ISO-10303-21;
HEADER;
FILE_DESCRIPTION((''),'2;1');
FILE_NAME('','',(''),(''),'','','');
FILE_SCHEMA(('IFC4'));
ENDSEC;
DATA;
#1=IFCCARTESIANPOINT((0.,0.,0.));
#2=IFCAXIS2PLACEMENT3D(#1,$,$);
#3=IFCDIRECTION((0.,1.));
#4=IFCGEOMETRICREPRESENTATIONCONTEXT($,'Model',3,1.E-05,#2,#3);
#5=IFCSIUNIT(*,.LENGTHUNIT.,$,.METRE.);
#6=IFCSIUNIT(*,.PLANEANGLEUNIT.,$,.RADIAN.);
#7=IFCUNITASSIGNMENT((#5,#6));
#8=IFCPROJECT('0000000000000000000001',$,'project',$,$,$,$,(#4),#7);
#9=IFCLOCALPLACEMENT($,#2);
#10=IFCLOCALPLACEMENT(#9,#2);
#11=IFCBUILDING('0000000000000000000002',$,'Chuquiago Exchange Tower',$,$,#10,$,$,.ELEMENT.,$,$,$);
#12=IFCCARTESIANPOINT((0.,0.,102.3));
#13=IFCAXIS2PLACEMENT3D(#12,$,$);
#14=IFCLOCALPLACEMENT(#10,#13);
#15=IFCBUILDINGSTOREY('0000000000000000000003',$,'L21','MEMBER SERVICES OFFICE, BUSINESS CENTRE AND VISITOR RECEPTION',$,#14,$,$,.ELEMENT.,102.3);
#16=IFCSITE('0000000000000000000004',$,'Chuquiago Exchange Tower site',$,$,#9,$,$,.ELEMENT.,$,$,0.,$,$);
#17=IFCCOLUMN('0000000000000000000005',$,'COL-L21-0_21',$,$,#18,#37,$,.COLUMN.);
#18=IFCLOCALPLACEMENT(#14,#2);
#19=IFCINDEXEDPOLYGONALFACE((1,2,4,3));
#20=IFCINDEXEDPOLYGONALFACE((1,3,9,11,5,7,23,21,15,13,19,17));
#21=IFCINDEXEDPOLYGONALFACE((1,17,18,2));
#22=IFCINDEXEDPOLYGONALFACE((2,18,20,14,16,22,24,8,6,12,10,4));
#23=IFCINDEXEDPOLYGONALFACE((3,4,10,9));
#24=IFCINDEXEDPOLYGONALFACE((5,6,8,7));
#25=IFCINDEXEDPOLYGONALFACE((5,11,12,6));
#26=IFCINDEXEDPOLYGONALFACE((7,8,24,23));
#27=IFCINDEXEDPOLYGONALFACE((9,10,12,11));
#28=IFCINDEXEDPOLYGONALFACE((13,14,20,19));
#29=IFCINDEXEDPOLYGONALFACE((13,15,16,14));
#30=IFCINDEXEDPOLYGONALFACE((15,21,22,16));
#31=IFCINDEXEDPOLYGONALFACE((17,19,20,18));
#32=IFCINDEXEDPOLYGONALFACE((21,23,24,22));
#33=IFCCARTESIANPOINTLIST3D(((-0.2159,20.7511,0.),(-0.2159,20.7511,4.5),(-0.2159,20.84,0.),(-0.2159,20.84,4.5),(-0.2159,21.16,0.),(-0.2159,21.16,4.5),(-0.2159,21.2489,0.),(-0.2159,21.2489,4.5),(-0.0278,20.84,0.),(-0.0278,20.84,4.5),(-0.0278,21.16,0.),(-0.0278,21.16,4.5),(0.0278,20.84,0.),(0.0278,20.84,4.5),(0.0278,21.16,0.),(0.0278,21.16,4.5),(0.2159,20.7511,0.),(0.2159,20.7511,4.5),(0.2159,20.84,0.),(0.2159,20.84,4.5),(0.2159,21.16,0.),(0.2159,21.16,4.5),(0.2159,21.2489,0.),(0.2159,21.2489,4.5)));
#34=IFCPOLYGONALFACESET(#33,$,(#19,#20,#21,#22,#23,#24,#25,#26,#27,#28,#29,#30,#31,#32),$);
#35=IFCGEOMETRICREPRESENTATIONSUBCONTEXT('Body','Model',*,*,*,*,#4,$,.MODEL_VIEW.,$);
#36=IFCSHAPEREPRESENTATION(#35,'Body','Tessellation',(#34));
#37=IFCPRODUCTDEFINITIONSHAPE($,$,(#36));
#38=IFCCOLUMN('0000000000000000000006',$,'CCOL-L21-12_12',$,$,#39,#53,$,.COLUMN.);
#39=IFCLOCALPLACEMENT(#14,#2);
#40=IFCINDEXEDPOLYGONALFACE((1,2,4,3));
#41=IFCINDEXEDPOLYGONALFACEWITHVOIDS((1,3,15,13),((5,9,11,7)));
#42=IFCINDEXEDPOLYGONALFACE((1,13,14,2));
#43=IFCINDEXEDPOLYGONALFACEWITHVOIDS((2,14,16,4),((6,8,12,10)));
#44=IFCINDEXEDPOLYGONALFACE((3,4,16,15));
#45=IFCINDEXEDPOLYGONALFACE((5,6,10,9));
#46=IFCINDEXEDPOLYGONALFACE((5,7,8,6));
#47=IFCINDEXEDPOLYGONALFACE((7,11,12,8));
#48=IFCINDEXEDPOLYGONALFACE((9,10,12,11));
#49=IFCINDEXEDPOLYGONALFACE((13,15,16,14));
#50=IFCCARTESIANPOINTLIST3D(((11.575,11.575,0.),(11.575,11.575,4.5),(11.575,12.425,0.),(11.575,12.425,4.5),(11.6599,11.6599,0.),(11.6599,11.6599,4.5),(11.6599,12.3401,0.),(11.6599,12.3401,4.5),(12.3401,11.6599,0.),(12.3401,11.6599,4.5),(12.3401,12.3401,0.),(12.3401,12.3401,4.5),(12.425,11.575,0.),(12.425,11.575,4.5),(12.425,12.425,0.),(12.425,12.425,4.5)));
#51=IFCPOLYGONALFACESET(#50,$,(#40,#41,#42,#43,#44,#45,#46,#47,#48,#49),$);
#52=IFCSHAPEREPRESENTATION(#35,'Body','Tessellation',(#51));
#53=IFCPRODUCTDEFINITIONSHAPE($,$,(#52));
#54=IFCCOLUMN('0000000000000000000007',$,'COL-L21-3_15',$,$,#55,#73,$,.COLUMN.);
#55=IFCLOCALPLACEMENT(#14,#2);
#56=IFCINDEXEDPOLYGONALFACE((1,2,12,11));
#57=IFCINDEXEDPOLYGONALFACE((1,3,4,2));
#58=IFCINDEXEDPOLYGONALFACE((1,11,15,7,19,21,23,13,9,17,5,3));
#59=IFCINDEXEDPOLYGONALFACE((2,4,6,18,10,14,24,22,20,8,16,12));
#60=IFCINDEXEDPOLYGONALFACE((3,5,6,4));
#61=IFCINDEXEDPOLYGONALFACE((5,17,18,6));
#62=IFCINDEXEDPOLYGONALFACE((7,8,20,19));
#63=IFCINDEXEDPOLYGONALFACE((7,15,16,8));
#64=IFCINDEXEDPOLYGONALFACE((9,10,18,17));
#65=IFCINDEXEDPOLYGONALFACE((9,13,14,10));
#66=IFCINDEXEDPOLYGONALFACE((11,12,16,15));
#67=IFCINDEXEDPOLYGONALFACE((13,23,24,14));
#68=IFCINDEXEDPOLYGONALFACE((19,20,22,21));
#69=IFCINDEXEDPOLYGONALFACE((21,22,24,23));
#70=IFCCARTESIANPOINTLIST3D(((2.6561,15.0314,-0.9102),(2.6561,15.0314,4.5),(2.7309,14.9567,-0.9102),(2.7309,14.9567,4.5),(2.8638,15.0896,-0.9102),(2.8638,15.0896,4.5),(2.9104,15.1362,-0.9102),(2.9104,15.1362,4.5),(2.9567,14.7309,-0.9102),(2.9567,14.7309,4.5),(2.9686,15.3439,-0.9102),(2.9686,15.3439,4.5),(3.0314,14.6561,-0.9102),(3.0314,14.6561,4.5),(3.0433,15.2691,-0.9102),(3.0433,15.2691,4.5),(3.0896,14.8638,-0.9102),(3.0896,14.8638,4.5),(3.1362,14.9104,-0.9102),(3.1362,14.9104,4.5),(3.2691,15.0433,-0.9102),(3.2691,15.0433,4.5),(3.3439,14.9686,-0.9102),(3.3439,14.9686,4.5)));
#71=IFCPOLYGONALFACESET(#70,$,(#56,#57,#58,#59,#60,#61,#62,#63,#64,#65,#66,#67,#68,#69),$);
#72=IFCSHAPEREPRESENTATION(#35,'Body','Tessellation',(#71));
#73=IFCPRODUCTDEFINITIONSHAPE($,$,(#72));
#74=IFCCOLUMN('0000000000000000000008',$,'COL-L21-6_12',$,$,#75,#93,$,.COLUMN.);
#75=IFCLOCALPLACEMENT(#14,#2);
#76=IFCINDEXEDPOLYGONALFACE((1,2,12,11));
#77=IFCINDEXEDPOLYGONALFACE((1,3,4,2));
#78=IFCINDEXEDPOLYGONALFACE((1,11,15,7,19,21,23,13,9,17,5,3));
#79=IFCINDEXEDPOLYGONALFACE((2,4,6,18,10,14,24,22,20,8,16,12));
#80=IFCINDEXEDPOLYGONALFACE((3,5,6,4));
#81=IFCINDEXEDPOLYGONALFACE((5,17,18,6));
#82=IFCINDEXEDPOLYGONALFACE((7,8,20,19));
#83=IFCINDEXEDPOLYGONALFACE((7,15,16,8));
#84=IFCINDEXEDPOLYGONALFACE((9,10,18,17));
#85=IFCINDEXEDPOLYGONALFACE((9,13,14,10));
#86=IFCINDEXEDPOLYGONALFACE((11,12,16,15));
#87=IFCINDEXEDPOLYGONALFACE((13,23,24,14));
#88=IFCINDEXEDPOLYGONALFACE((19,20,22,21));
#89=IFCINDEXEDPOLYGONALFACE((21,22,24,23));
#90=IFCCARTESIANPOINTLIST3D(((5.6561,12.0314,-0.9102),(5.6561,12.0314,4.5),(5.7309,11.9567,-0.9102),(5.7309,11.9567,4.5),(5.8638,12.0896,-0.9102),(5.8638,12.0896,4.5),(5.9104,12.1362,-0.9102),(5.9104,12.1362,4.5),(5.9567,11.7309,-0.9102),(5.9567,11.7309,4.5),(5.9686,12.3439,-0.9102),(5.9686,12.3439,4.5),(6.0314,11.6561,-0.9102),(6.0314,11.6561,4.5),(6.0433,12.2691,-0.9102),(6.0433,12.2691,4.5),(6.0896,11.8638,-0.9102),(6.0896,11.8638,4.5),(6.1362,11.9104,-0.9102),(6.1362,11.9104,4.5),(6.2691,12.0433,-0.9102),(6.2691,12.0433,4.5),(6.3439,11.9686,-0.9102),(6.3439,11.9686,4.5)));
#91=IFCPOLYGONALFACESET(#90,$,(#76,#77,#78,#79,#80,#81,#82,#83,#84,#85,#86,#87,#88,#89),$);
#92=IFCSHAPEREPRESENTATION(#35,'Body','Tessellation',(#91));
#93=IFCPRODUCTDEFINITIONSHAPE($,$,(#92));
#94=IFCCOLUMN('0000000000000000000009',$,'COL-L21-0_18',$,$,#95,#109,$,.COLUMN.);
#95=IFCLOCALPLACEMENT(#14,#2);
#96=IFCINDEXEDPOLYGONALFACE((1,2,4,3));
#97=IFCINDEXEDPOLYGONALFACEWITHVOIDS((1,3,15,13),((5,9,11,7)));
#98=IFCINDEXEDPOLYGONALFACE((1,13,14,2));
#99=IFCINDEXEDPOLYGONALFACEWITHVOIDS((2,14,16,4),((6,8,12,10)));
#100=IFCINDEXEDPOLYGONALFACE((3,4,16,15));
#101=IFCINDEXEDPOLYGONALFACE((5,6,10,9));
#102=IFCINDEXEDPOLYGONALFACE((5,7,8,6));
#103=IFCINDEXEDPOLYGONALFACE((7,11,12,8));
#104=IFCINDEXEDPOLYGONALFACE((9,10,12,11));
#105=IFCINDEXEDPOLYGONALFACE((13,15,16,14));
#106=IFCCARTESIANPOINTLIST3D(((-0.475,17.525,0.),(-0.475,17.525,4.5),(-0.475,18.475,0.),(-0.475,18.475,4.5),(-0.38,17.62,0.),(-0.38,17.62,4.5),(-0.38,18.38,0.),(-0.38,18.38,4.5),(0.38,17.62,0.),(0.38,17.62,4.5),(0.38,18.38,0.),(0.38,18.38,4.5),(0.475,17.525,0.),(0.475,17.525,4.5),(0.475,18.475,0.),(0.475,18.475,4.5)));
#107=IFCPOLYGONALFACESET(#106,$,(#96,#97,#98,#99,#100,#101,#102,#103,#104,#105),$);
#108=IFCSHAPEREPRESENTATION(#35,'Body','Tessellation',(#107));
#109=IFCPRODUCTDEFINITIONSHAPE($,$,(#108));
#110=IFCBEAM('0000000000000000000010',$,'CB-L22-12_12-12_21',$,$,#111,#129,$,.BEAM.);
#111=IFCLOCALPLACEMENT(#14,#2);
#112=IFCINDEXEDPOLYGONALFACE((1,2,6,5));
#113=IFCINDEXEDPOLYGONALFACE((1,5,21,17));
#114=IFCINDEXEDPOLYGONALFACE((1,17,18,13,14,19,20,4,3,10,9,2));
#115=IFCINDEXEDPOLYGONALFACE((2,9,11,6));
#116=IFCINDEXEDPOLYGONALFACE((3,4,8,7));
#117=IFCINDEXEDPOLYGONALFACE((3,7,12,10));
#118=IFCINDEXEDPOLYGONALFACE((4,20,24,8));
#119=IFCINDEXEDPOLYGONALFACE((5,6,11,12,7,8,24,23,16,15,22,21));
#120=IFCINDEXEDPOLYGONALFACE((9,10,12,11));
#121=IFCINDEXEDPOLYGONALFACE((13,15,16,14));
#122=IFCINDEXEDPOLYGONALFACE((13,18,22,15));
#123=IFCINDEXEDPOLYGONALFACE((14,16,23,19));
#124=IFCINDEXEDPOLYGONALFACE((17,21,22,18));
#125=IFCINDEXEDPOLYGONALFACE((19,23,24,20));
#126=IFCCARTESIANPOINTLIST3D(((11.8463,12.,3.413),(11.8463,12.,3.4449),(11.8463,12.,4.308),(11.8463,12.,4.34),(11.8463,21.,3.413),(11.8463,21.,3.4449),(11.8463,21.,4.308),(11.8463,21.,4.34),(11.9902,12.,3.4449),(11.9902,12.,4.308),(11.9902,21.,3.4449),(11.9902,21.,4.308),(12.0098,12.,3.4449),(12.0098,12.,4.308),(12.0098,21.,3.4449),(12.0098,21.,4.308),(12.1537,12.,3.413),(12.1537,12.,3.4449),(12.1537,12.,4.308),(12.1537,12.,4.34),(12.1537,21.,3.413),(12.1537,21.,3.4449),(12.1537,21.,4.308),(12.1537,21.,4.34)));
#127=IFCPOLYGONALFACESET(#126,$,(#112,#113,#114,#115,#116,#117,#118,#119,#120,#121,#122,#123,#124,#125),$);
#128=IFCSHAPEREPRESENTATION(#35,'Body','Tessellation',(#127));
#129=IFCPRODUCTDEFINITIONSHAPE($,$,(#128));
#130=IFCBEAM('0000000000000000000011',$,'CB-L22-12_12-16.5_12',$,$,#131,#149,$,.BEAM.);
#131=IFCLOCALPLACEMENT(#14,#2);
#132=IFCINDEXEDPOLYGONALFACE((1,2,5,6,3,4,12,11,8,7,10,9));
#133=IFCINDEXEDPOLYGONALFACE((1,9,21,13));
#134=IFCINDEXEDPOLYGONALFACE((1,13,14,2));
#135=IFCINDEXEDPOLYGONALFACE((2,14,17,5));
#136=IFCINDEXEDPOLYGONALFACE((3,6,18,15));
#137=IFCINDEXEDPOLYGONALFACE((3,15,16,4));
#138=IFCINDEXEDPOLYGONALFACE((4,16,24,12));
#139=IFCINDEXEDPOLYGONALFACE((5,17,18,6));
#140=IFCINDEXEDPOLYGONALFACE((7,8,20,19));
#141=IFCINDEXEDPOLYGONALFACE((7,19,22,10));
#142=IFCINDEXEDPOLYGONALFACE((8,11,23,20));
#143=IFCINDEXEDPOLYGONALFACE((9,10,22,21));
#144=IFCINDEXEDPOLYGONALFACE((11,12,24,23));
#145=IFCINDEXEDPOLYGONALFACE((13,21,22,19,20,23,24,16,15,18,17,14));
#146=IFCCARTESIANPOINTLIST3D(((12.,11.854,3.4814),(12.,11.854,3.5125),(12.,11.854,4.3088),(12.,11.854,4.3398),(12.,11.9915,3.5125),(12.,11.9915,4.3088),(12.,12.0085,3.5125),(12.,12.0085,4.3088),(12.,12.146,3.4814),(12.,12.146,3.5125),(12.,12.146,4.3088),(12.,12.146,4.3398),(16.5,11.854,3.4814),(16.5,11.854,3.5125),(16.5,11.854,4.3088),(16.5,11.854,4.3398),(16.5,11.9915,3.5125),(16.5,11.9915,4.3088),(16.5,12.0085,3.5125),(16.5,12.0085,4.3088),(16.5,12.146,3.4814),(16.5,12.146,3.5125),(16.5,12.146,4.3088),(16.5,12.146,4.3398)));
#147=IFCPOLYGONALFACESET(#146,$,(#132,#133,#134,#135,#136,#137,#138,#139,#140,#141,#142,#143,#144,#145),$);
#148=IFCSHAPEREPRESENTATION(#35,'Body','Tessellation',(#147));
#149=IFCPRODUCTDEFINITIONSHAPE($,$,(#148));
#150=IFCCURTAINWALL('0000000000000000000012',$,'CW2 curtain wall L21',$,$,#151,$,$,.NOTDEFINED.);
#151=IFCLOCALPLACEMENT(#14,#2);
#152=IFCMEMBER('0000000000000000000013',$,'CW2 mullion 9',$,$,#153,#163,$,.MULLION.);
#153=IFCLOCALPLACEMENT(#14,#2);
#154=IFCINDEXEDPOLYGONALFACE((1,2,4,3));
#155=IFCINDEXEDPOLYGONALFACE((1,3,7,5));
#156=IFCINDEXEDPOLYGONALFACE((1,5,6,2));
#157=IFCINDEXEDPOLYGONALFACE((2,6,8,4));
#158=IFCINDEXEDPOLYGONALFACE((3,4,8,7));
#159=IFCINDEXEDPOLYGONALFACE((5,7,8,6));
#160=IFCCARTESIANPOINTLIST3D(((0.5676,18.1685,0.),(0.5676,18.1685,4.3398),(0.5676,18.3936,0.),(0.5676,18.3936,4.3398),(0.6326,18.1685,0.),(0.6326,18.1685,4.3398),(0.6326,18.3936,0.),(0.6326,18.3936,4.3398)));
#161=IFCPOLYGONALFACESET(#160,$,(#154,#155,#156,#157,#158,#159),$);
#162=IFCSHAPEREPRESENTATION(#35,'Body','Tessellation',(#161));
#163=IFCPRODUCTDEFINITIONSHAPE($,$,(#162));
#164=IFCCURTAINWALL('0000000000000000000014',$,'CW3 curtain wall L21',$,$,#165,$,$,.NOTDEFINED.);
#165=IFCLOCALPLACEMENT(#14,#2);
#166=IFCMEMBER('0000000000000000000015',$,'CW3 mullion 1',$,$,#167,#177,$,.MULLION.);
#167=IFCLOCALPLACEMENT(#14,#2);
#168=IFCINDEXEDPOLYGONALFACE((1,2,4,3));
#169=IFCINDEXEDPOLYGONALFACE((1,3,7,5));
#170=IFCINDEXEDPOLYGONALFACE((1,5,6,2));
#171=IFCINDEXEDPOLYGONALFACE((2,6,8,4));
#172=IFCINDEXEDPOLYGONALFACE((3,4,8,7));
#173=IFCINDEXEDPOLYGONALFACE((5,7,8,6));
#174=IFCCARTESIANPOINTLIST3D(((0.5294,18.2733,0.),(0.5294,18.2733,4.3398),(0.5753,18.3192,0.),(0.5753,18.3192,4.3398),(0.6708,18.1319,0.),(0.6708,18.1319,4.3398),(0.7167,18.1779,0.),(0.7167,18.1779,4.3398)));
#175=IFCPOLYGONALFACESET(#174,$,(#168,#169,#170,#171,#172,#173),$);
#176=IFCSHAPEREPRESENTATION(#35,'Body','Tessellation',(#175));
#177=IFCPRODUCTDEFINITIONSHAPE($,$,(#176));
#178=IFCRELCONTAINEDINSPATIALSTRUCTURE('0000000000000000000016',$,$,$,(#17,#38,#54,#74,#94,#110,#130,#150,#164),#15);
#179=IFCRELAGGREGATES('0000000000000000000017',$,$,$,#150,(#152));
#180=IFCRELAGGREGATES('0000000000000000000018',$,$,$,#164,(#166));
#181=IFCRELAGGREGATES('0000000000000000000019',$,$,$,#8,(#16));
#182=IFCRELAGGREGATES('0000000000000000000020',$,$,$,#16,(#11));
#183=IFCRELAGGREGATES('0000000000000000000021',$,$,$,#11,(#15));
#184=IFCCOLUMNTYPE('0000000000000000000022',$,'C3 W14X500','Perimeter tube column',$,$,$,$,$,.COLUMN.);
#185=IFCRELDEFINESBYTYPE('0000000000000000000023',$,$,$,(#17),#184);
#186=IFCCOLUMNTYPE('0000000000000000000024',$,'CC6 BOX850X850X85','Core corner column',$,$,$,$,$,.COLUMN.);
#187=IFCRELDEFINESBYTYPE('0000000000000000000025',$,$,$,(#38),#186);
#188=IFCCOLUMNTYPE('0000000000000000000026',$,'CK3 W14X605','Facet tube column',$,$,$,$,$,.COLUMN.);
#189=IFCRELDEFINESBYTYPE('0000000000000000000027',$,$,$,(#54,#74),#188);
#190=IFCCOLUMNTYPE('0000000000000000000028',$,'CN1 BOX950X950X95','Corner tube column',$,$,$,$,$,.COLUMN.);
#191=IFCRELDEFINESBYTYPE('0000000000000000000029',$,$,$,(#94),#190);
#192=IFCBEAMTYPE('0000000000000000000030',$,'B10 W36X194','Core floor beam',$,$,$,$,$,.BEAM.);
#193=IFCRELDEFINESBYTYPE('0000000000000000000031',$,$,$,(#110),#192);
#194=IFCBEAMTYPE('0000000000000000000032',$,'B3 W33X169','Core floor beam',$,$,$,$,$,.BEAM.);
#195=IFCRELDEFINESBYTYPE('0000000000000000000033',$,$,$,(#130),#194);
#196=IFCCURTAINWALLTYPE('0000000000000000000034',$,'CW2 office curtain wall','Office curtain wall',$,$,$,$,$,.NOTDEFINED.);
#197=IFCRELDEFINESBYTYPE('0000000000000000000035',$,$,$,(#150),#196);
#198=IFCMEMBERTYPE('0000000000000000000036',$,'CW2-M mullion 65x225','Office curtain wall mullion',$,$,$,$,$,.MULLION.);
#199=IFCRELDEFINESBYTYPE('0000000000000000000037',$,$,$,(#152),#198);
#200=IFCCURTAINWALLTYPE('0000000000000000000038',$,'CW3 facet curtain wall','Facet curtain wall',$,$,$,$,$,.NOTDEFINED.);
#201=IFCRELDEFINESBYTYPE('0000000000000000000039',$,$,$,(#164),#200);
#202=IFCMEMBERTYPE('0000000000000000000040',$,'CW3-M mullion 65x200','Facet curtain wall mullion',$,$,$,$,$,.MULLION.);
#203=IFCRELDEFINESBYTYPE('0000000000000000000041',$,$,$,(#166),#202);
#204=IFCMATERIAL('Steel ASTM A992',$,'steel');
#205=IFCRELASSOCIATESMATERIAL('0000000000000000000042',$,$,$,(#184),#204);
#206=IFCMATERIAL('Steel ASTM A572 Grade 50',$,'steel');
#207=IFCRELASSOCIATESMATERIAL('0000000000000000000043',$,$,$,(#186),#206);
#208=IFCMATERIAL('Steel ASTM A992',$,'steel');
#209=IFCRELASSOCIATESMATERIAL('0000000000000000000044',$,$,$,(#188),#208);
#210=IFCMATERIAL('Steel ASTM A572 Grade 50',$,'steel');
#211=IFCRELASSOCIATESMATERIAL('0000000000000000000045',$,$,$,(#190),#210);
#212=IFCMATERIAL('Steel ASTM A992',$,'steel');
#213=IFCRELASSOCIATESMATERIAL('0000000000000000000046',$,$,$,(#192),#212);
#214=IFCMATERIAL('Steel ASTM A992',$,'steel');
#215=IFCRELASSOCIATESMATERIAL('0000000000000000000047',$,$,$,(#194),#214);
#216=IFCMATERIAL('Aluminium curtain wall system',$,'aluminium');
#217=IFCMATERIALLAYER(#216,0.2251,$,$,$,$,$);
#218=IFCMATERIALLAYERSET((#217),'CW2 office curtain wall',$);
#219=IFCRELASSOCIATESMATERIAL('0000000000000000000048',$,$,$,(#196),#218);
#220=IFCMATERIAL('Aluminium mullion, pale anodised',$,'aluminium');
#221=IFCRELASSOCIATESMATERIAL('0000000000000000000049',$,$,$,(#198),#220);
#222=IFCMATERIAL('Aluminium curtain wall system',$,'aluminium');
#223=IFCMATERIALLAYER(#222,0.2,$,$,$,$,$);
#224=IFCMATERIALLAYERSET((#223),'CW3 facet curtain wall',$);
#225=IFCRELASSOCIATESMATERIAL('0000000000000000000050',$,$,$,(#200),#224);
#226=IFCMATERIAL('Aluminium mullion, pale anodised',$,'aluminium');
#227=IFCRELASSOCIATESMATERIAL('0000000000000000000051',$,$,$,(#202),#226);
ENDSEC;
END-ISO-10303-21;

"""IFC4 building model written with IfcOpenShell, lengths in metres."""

from ifc_helpers import new_model, si_unit, direction, frame, origin, origin_2d, place, context, subcontext, project, spatial, rectangle, hollow_rectangle, i_section, extrude, material, layer, layer_set, material_profile, profile_set, type_object, element, aggregate, save


model = new_model("IFC4")

# Units and contexts
model_context = context("Model", 3, precision=1e-05, world=origin(), true_north=direction((0.0, 1.0)))
body_context = subcontext(model_context, "Body", "Model", "MODEL_VIEW")
ifc_project = project(units=[si_unit("LENGTHUNIT", "METRE"), si_unit("PLANEANGLEUNIT", "RADIAN")], contexts=[model_context])

# Site, building, storey
site_placement = place(None, origin())
site = spatial("IfcSite", under=ifc_project, at=site_placement, Name="Chuquiago Exchange Tower site", CompositionType="ELEMENT", RefElevation=0.0)
building_placement = place(site_placement, origin())
building = spatial("IfcBuilding", under=site, at=building_placement, Name="Chuquiago Exchange Tower", CompositionType="ELEMENT")
storey_placement = place(building_placement, frame((0.0, 0.0, 102.3)))
storey = spatial("IfcBuildingStorey", under=building, at=storey_placement, Name="L21", Description="MEMBER SERVICES OFFICE, BUSINESS CENTRE AND VISITOR RECEPTION", CompositionType="ELEMENT", Elevation=102.3)

# Columns
ifc_material_1 = material(Name="Steel ASTM A992", Category="steel")
ifc_material_profile_1 = material_profile(ifc_material_1, i_section(OverallWidth=0.4319, OverallDepth=0.4978, WebThickness=0.0557, FlangeThickness=0.0889, at=origin_2d()), Name="W14X500")
ifc_profile_set_1 = profile_set([ifc_material_profile_1], Name="Steel ASTM A992")
column_type_1 = type_object("IfcColumnType", Name="C3 W14X500", Description="Perimeter tube column", PredefinedType="COLUMN", material=ifc_profile_set_1)
column_1_placement = place(storey_placement, frame((0.0, 21.0, 0.0), z_axis=(0.0, 0.0, 1.0), x_axis=(-1.0, 0.0, 0.0)))
element("IfcColumn", 1, at=column_1_placement, inside=storey, type_object=column_type_1, Name="COL-L21-0_21", PredefinedType="COLUMN", context=body_context, shape_type="SweptSolid", body=[
    extrude(i_section(OverallWidth=0.4319, OverallDepth=0.4978, WebThickness=0.0557, FlangeThickness=0.0889, at=origin_2d()), origin(), (0.0, 0.0, 1.0), 4.5),
])
ifc_material_2 = material(Name="Steel ASTM A572 Grade 50", Category="steel")
ifc_material_profile_2 = material_profile(ifc_material_2, hollow_rectangle(XDim=0.8501, YDim=0.8501, WallThickness=0.085, at=origin_2d()), Name="BOX850X850X85")
ifc_profile_set_2 = profile_set([ifc_material_profile_2], Name="Steel ASTM A572 Grade 50")
column_type_2 = type_object("IfcColumnType", Name="CC6 BOX850X850X85", Description="Core corner column", PredefinedType="COLUMN", material=ifc_profile_set_2)
column_2_placement = place(storey_placement, frame((12.0, 12.0, 0.0), z_axis=(0.0, 0.0, 1.0), x_axis=(1.0, 0.0, 0.0)))
element("IfcColumn", 2, at=column_2_placement, inside=storey, type_object=column_type_2, Name="CCOL-L21-12_12", PredefinedType="COLUMN", context=body_context, shape_type="SweptSolid", body=[
    extrude(hollow_rectangle(XDim=0.8501, YDim=0.8501, WallThickness=0.085, at=origin_2d()), origin(), (0.0, 0.0, 1.0), 4.5),
])
ifc_material_3 = material(Name="Steel ASTM A992", Category="steel")
ifc_material_profile_3 = material_profile(ifc_material_3, i_section(OverallWidth=0.4419, OverallDepth=0.5308, WebThickness=0.0659, FlangeThickness=0.1057, at=origin_2d()), Name="W14X605")
ifc_profile_set_3 = profile_set([ifc_material_profile_3], Name="Steel ASTM A992")
column_type_3 = type_object("IfcColumnType", Name="CK3 W14X605", Description="Facet tube column", PredefinedType="COLUMN", material=ifc_profile_set_3)
for number, where, z_axis, x_axis, name in (
    (3, (3.0, 15.0, -0.9102), (0.0, 0.0, 1.0), (-0.707107, -0.707107, 0.0), "COL-L21-3_15"),
    (4, (6.0, 12.0, -0.9102), (0.0, 0.0, 1.0), (-0.707107, -0.707107, 0.0), "COL-L21-6_12"),
):
    element("IfcColumn", number, at=place(storey_placement, frame(where, z_axis=z_axis, x_axis=x_axis)), inside=storey, type_object=column_type_3, Name=name, PredefinedType="COLUMN", context=body_context, shape_type="SweptSolid", body=[
        extrude(i_section(OverallWidth=0.4419, OverallDepth=0.5308, WebThickness=0.0659, FlangeThickness=0.1057, at=origin_2d()), origin(), (0.0, 0.0, 1.0), 5.4102),
    ])
ifc_material_4 = material(Name="Steel ASTM A572 Grade 50", Category="steel")
ifc_material_profile_4 = material_profile(ifc_material_4, hollow_rectangle(XDim=0.95, YDim=0.95, WallThickness=0.095, at=origin_2d()), Name="BOX950X950X95")
ifc_profile_set_4 = profile_set([ifc_material_profile_4], Name="Steel ASTM A572 Grade 50")
column_type_4 = type_object("IfcColumnType", Name="CN1 BOX950X950X95", Description="Corner tube column", PredefinedType="COLUMN", material=ifc_profile_set_4)
column_3_placement = place(storey_placement, frame((0.0, 18.0, 0.0), z_axis=(0.0, 0.0, 1.0), x_axis=(-1.0, 0.0, 0.0)))
element("IfcColumn", 5, at=column_3_placement, inside=storey, type_object=column_type_4, Name="COL-L21-0_18", PredefinedType="COLUMN", context=body_context, shape_type="SweptSolid", body=[
    extrude(hollow_rectangle(XDim=0.95, YDim=0.95, WallThickness=0.095, at=origin_2d()), origin(), (0.0, 0.0, 1.0), 4.5),
])

# Beams
ifc_material_5 = material(Name="Steel ASTM A992", Category="steel")
ifc_material_profile_5 = material_profile(ifc_material_5, i_section(OverallWidth=0.3074, OverallDepth=0.927, WebThickness=0.0195, FlangeThickness=0.032, at=origin_2d()), Name="W36X194")
ifc_profile_set_5 = profile_set([ifc_material_profile_5], Name="Steel ASTM A992")
beam_type_1 = type_object("IfcBeamType", Name="B10 W36X194", Description="Core floor beam", PredefinedType="BEAM", material=ifc_profile_set_5)
beam_1_placement = place(storey_placement, frame((12.0, 12.0, 3.8765), z_axis=(0.0, 1.0, 0.0), x_axis=(-1.0, 0.0, 0.0)))
element("IfcBeam", 6, at=beam_1_placement, inside=storey, type_object=beam_type_1, Name="CB-L22-12_12-12_21", PredefinedType="BEAM", context=body_context, shape_type="SweptSolid", body=[
    extrude(i_section(OverallWidth=0.3074, OverallDepth=0.927, WebThickness=0.0195, FlangeThickness=0.032, at=origin_2d()), origin(), (0.0, 0.0, 1.0), 9.0),
])
ifc_material_6 = material(Name="Steel ASTM A992", Category="steel")
ifc_material_profile_6 = material_profile(ifc_material_6, i_section(OverallWidth=0.292, OverallDepth=0.8584, WebThickness=0.0171, FlangeThickness=0.031, at=origin_2d()), Name="W33X169")
ifc_profile_set_6 = profile_set([ifc_material_profile_6], Name="Steel ASTM A992")
beam_type_2 = type_object("IfcBeamType", Name="B3 W33X169", Description="Core floor beam", PredefinedType="BEAM", material=ifc_profile_set_6)
beam_2_placement = place(storey_placement, frame((12.0, 12.0, 3.9106), z_axis=(1.0, 0.0, 0.0), x_axis=(0.0, 1.0, 0.0)))
element("IfcBeam", 7, at=beam_2_placement, inside=storey, type_object=beam_type_2, Name="CB-L22-12_12-16.5_12", PredefinedType="BEAM", context=body_context, shape_type="SweptSolid", body=[
    extrude(i_section(OverallWidth=0.292, OverallDepth=0.8584, WebThickness=0.0171, FlangeThickness=0.031, at=origin_2d()), origin(), (0.0, 0.0, 1.0), 4.5),
])

# Curtain wall, member
ifc_material_7 = material(Name="Aluminium curtain wall system", Category="aluminium")
ifc_layer_1 = layer(ifc_material_7, 0.2251)
ifc_layer_set_1 = layer_set([ifc_layer_1], Name="CW2 office curtain wall")
curtain_wall_type_1 = type_object("IfcCurtainWallType", Name="CW2 office curtain wall", Description="Office curtain wall", PredefinedType="NOTDEFINED", material=ifc_layer_set_1)
curtain_wall_1_placement = place(storey_placement, origin())
curtain_wall_1 = element("IfcCurtainWall", 8, at=curtain_wall_1_placement, inside=storey, type_object=curtain_wall_type_1, Name="CW2 curtain wall L21", PredefinedType="NOTDEFINED")
ifc_material_8 = material(Name="Aluminium mullion, pale anodised", Category="aluminium")
ifc_material_profile_7 = material_profile(ifc_material_8, rectangle(XDim=0.0649, YDim=0.2251, at=origin_2d()), Name="AL 65x225")
ifc_profile_set_7 = profile_set([ifc_material_profile_7], Name="Aluminium mullion, pale anodised")
member_type_1 = type_object("IfcMemberType", Name="CW2-M mullion 65x225", Description="Office curtain wall mullion", PredefinedType="MULLION", material=ifc_profile_set_7)
member_1_placement = place(storey_placement, frame((0.6001, 18.281, 0.0), z_axis=(0.0, 0.0, 1.0), x_axis=(1.0, 0.0, 0.0)))
member_1 = element("IfcMember", 9, at=member_1_placement, type_object=member_type_1, Name="CW2 mullion 9", PredefinedType="MULLION", context=body_context, shape_type="SweptSolid", body=[
    extrude(rectangle(XDim=0.0649, YDim=0.2251, at=origin_2d()), origin(), (0.0, 0.0, 1.0), 4.3398),
])

# Curtain wall, member
ifc_material_9 = material(Name="Aluminium curtain wall system", Category="aluminium")
ifc_layer_2 = layer(ifc_material_9, 0.2)
ifc_layer_set_2 = layer_set([ifc_layer_2], Name="CW3 facet curtain wall")
curtain_wall_type_2 = type_object("IfcCurtainWallType", Name="CW3 facet curtain wall", Description="Facet curtain wall", PredefinedType="NOTDEFINED", material=ifc_layer_set_2)
curtain_wall_2_placement = place(storey_placement, origin())
curtain_wall_2 = element("IfcCurtainWall", 10, at=curtain_wall_2_placement, inside=storey, type_object=curtain_wall_type_2, Name="CW3 curtain wall L21", PredefinedType="NOTDEFINED")
ifc_material_10 = material(Name="Aluminium mullion, pale anodised", Category="aluminium")
ifc_material_profile_8 = material_profile(ifc_material_10, rectangle(XDim=0.0649, YDim=0.2, at=origin_2d()), Name="AL 65x200")
ifc_profile_set_8 = profile_set([ifc_material_profile_8], Name="Aluminium mullion, pale anodised")
member_type_2 = type_object("IfcMemberType", Name="CW3-M mullion 65x200", Description="Facet curtain wall mullion", PredefinedType="MULLION", material=ifc_profile_set_8)
member_2_placement = place(storey_placement, frame((0.623, 18.2256, 0.0), z_axis=(0.0, 0.0, 1.0), x_axis=(0.707107, 0.707107, 0.0)))
member_2 = element("IfcMember", 11, at=member_2_placement, type_object=member_type_2, Name="CW3 mullion 1", PredefinedType="MULLION", context=body_context, shape_type="SweptSolid", body=[
    extrude(rectangle(XDim=0.0649, YDim=0.2, at=origin_2d()), origin(), (0.0, 0.0, 1.0), 4.3398),
])

aggregate(curtain_wall_1, [member_1])
aggregate(curtain_wall_2, [member_2])

save(model, "model.ifc")
